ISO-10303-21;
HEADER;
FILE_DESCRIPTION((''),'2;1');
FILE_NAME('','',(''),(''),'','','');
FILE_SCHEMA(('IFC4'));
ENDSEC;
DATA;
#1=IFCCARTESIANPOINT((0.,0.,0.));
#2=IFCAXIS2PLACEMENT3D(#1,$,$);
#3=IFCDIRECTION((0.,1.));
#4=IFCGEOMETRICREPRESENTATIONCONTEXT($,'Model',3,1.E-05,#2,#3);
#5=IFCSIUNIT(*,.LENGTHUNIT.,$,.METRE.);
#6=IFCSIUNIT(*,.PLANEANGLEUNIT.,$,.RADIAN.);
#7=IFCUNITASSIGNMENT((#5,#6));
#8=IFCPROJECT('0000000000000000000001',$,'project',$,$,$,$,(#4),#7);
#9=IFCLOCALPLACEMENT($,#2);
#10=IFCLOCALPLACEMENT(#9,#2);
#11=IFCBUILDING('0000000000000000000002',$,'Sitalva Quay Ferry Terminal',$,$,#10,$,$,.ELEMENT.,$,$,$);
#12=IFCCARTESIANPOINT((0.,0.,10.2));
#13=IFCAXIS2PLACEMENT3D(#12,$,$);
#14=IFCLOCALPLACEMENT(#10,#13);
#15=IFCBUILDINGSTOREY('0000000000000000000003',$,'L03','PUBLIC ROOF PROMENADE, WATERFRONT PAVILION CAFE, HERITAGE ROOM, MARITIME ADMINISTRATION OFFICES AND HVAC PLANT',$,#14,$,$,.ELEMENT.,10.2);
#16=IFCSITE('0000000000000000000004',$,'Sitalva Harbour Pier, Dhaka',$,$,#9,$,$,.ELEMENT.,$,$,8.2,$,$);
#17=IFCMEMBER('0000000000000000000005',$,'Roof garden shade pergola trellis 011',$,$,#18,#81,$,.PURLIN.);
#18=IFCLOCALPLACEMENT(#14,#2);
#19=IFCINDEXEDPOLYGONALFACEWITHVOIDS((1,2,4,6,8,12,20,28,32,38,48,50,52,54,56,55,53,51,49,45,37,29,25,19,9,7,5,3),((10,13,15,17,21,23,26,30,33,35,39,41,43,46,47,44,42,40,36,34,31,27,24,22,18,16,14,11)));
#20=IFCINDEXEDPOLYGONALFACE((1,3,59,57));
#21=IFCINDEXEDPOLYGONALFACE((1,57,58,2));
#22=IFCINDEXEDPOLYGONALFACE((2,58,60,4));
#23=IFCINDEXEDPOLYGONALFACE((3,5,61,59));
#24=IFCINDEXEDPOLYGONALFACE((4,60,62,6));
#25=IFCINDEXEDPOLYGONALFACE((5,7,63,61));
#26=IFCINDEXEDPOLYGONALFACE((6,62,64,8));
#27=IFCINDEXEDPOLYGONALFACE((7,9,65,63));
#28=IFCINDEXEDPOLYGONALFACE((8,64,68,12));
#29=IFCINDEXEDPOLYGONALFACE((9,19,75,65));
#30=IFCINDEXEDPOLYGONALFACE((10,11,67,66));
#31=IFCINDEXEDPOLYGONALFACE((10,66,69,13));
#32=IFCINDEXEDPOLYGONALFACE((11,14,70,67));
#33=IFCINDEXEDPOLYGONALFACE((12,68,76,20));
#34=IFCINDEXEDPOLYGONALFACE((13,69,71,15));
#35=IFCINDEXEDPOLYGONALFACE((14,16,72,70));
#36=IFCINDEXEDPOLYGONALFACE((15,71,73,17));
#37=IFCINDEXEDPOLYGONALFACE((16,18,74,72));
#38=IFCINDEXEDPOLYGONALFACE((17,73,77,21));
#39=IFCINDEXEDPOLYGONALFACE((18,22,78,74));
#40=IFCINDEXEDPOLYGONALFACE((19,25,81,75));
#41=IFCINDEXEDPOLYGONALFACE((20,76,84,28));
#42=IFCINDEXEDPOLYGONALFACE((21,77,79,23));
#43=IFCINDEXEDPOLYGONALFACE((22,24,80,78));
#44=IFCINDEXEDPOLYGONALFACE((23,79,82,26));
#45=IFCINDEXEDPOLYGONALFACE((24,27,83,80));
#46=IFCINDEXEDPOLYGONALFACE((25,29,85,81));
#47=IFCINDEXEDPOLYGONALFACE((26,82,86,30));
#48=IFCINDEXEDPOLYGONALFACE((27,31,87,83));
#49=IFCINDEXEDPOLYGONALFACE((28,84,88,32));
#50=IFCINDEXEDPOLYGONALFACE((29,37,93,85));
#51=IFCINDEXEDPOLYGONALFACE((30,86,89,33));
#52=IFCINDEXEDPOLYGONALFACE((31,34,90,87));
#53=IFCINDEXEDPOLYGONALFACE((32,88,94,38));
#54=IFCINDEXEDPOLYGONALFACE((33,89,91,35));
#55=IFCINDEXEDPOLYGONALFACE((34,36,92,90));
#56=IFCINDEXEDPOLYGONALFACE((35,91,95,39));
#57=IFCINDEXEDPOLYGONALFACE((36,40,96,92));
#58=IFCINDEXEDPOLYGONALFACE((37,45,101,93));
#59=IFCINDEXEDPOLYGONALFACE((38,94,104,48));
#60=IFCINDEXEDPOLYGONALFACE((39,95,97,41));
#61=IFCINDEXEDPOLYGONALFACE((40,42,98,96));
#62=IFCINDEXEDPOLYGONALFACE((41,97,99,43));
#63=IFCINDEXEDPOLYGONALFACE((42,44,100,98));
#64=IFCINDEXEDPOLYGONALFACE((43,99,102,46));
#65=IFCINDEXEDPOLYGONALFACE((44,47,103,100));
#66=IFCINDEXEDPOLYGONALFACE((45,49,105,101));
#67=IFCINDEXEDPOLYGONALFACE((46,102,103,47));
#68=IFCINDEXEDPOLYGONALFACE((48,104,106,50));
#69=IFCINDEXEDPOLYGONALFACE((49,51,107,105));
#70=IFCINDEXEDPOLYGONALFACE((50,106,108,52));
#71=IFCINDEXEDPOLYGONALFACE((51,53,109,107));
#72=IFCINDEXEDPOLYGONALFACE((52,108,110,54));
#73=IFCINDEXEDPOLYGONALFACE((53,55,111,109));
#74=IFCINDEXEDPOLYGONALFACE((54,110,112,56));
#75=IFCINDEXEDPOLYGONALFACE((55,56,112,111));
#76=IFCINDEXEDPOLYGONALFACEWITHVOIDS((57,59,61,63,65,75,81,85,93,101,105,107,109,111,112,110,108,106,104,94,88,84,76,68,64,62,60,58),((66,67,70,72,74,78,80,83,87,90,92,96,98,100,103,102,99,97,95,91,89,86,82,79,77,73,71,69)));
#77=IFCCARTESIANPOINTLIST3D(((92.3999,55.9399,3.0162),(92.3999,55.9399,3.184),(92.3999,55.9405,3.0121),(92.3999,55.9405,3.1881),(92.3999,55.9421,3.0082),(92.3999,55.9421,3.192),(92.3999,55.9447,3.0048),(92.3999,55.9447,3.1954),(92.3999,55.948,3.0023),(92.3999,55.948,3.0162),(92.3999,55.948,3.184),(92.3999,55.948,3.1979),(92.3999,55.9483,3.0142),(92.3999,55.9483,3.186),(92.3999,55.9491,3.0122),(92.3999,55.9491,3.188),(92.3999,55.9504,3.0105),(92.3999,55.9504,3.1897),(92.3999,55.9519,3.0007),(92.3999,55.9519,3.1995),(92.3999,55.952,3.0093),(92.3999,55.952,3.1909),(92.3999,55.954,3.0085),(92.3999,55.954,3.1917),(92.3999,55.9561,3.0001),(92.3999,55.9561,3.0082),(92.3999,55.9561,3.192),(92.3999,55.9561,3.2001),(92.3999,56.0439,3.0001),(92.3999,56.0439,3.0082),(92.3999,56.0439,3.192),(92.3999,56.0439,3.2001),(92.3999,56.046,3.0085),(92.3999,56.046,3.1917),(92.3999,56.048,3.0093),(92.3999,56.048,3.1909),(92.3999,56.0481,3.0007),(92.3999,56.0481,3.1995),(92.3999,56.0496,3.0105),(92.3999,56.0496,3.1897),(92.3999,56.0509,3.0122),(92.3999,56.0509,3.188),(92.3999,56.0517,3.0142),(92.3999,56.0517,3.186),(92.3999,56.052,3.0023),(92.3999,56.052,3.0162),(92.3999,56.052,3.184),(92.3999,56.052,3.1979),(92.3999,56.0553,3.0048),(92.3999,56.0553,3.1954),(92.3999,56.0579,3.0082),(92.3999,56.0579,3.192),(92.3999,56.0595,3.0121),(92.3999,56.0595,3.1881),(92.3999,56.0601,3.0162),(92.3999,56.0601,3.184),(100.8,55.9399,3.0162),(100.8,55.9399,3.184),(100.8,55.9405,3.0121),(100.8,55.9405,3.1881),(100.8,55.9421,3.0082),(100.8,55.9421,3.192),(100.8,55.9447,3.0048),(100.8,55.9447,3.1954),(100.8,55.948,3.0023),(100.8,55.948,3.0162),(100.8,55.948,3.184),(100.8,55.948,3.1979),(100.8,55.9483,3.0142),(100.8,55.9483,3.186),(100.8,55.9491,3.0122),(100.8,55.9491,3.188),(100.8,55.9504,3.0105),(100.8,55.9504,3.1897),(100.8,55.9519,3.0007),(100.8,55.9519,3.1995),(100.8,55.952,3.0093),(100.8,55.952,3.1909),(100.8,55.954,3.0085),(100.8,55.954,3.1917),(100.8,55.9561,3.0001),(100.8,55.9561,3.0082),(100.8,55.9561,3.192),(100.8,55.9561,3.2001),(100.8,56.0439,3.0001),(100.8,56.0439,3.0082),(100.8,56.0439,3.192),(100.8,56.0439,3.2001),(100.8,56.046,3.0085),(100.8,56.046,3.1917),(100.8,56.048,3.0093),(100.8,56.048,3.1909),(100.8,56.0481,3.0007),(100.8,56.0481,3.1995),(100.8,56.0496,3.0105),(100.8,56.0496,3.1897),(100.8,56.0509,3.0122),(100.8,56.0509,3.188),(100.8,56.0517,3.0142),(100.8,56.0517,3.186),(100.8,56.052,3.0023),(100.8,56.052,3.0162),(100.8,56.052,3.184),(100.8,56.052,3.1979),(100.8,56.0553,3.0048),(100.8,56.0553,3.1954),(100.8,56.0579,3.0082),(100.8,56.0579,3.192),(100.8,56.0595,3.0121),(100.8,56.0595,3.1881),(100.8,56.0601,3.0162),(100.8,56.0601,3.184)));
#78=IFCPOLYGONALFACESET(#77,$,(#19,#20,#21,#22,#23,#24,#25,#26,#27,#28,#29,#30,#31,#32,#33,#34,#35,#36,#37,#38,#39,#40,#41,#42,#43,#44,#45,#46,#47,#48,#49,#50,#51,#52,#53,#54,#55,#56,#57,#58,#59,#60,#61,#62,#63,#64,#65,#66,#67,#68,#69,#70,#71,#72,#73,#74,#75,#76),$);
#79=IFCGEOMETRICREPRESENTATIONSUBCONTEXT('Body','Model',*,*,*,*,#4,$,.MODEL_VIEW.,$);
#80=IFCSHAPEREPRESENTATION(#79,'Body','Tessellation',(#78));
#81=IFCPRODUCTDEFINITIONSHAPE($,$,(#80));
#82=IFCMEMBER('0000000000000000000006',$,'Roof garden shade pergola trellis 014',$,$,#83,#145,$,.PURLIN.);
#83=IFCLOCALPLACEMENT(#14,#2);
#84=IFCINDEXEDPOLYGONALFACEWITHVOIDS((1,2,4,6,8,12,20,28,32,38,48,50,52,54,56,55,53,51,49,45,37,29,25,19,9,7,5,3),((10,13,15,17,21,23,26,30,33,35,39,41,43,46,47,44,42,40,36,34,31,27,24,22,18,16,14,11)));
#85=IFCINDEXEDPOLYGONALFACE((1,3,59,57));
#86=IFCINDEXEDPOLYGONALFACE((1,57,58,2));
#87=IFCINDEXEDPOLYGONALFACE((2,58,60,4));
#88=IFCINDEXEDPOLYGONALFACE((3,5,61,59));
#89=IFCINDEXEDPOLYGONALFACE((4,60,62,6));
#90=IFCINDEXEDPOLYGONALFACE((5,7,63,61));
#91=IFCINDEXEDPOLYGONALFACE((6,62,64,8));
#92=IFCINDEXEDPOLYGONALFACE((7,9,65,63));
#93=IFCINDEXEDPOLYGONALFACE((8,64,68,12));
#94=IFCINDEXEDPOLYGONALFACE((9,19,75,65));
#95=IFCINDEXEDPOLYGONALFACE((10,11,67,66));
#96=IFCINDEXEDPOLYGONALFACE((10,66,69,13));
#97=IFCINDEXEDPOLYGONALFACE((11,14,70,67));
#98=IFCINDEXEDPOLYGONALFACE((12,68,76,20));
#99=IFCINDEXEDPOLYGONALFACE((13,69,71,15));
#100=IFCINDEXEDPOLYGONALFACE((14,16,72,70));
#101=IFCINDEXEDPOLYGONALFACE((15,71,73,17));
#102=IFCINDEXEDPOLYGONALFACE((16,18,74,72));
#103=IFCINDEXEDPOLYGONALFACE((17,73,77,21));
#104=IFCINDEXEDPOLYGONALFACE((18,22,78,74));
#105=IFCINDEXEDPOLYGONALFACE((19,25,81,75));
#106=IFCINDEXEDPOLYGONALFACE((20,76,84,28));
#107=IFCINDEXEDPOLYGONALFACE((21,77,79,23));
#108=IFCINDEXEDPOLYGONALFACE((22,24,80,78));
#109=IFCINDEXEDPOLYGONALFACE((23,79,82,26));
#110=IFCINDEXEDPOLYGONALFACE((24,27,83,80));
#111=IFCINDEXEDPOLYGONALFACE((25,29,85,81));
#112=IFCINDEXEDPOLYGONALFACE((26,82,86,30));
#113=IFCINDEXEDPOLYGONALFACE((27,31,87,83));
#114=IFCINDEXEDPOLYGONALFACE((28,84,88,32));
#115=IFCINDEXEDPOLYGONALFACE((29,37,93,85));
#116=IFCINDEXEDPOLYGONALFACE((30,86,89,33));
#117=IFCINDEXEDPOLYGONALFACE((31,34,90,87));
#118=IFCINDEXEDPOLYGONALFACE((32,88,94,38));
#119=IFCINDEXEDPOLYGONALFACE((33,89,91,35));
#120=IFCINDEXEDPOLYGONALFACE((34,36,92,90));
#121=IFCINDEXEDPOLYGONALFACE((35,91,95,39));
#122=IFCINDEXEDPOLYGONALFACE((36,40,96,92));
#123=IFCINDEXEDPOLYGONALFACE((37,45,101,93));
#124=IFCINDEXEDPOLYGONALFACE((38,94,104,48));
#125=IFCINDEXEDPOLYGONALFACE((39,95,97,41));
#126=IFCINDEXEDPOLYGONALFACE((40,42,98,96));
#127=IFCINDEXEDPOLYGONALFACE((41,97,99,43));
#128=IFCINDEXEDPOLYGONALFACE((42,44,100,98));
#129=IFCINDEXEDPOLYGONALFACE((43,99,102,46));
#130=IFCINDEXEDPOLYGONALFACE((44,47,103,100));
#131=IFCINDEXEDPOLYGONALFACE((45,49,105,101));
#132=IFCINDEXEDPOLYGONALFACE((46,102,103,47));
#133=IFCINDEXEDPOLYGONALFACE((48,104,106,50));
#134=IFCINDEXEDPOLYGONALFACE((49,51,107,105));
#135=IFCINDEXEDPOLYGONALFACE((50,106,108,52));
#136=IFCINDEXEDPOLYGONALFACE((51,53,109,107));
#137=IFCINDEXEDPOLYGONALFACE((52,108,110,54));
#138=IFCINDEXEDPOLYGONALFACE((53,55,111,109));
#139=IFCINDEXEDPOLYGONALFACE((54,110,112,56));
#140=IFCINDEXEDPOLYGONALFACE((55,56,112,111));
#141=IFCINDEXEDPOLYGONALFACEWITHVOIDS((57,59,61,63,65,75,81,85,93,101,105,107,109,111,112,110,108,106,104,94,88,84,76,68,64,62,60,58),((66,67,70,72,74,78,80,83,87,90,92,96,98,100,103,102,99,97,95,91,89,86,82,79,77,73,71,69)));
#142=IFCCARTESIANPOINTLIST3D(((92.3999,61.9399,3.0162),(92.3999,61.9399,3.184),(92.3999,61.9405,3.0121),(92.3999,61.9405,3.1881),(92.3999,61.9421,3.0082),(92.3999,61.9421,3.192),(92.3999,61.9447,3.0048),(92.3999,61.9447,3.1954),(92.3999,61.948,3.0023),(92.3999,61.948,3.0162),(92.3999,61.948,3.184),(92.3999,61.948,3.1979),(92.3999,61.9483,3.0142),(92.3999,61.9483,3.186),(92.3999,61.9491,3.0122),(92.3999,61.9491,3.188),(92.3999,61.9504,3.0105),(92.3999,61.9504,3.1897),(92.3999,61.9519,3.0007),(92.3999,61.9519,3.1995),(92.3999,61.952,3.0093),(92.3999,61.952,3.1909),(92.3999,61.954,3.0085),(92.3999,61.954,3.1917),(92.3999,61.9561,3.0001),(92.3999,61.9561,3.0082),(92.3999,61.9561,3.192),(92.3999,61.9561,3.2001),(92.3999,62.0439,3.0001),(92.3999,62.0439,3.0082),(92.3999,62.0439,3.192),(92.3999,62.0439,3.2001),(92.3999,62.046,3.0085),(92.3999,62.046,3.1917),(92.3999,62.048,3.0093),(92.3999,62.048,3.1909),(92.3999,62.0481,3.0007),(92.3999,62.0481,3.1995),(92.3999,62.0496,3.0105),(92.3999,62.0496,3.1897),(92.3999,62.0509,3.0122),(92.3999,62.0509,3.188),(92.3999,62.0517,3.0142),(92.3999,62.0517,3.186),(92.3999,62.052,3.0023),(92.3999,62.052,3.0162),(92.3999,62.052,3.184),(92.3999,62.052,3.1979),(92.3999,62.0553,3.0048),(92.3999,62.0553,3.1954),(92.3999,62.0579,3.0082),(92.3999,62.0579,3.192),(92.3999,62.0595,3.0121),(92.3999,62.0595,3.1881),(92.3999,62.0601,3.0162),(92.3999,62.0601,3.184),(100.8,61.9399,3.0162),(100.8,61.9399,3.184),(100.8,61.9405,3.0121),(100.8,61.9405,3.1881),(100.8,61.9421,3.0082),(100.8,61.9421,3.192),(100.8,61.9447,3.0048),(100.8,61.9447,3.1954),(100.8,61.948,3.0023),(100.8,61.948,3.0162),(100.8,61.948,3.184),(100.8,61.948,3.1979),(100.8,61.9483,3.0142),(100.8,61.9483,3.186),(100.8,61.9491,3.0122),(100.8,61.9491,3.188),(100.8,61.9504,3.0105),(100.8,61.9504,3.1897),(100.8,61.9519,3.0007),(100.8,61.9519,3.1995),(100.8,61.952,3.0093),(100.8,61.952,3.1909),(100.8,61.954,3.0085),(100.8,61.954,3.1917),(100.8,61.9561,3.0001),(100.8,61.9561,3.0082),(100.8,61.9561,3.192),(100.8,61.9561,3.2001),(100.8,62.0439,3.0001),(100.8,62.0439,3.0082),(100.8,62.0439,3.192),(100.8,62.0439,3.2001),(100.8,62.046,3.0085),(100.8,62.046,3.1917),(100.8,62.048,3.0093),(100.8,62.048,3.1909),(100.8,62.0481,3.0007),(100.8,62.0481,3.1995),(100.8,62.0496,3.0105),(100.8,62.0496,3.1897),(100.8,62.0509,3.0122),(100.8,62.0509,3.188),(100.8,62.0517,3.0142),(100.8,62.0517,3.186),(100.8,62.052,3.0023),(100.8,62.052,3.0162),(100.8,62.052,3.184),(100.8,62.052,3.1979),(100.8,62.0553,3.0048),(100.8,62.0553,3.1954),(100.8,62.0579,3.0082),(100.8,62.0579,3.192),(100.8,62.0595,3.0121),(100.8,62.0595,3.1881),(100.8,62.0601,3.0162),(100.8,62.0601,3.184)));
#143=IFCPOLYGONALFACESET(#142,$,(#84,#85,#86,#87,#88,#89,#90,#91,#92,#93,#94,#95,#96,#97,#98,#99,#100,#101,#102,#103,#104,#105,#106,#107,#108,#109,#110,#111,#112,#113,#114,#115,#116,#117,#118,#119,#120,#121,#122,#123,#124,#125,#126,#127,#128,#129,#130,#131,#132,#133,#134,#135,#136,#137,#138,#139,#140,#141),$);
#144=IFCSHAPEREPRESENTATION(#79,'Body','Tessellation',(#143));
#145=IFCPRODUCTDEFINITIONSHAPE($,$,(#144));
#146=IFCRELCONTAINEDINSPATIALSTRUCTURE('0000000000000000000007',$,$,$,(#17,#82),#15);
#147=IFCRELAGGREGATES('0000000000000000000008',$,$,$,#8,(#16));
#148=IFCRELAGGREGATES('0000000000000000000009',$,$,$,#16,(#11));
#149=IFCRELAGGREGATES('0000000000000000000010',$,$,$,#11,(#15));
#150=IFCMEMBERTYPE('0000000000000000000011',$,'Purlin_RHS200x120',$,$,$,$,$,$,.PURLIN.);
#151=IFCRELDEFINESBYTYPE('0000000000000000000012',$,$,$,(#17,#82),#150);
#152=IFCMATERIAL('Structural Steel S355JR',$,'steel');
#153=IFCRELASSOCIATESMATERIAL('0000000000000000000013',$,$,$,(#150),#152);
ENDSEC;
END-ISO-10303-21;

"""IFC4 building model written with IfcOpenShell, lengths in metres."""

from ifc_helpers import new_model, si_unit, direction, frame, origin, origin_2d, place, context, subcontext, project, spatial, hollow_rectangle, extrude, material, material_profile, profile_set, type_object, element, save


model = new_model("IFC4")

# Units and contexts
model_context = context("Model", 3, precision=1e-05, world=origin(), true_north=direction((0.0, 1.0)))
body_context = subcontext(model_context, "Body", "Model", "MODEL_VIEW")
ifc_project = project(units=[si_unit("LENGTHUNIT", "METRE"), si_unit("PLANEANGLEUNIT", "RADIAN")], contexts=[model_context])

# Site, building, storey
site_placement = place(None, origin())
site = spatial("IfcSite", under=ifc_project, at=site_placement, Name="Sitalva Harbour Pier, Dhaka", CompositionType="ELEMENT", RefElevation=8.2)
building_placement = place(site_placement, origin())
building = spatial("IfcBuilding", under=site, at=building_placement, Name="Sitalva Quay Ferry Terminal", CompositionType="ELEMENT")
storey_placement = place(building_placement, frame((0.0, 0.0, 10.2)))
storey = spatial("IfcBuildingStorey", under=building, at=storey_placement, Name="L03", Description="PUBLIC ROOF PROMENADE, WATERFRONT PAVILION CAFE, HERITAGE ROOM, MARITIME ADMINISTRATION OFFICES AND HVAC PLANT", CompositionType="ELEMENT", Elevation=10.2)

# Members
ifc_material_1 = material(Name="Structural Steel S355JR", Category="steel")
ifc_material_profile_1 = material_profile(ifc_material_1, hollow_rectangle(XDim=0.1201, YDim=0.2, WallThickness=0.0081, InnerFilletRadius=0.0081, OuterFilletRadius=0.0161, at=origin_2d()), Name="RHS200x120x8")
ifc_profile_set_1 = profile_set([ifc_material_profile_1], Name="Structural Steel S355JR")
member_type_1 = type_object("IfcMemberType", Name="Purlin_RHS200x120", PredefinedType="PURLIN", material=ifc_profile_set_1)
for number, where, z_axis, x_axis, name in (
    (1, (92.3999, 56.0, 3.1001), (1.0, 0.0, 0.0), (0.0, 1.0, 0.0), "Roof garden shade pergola trellis 011"),
    (2, (92.3999, 62.0, 3.1001), (1.0, 0.0, 0.0), (0.0, 1.0, 0.0), "Roof garden shade pergola trellis 014"),
):
    element("IfcMember", number, at=place(storey_placement, frame(where, z_axis=z_axis, x_axis=x_axis)), inside=storey, type_object=member_type_1, Name=name, PredefinedType="PURLIN", context=body_context, shape_type="SweptSolid", body=[
        extrude(hollow_rectangle(XDim=0.1201, YDim=0.2, WallThickness=0.0081, InnerFilletRadius=0.0081, OuterFilletRadius=0.0161, at=origin_2d()), origin(), (0.0, 0.0, 1.0), 8.4001),
    ])

save(model, "model.ifc")
